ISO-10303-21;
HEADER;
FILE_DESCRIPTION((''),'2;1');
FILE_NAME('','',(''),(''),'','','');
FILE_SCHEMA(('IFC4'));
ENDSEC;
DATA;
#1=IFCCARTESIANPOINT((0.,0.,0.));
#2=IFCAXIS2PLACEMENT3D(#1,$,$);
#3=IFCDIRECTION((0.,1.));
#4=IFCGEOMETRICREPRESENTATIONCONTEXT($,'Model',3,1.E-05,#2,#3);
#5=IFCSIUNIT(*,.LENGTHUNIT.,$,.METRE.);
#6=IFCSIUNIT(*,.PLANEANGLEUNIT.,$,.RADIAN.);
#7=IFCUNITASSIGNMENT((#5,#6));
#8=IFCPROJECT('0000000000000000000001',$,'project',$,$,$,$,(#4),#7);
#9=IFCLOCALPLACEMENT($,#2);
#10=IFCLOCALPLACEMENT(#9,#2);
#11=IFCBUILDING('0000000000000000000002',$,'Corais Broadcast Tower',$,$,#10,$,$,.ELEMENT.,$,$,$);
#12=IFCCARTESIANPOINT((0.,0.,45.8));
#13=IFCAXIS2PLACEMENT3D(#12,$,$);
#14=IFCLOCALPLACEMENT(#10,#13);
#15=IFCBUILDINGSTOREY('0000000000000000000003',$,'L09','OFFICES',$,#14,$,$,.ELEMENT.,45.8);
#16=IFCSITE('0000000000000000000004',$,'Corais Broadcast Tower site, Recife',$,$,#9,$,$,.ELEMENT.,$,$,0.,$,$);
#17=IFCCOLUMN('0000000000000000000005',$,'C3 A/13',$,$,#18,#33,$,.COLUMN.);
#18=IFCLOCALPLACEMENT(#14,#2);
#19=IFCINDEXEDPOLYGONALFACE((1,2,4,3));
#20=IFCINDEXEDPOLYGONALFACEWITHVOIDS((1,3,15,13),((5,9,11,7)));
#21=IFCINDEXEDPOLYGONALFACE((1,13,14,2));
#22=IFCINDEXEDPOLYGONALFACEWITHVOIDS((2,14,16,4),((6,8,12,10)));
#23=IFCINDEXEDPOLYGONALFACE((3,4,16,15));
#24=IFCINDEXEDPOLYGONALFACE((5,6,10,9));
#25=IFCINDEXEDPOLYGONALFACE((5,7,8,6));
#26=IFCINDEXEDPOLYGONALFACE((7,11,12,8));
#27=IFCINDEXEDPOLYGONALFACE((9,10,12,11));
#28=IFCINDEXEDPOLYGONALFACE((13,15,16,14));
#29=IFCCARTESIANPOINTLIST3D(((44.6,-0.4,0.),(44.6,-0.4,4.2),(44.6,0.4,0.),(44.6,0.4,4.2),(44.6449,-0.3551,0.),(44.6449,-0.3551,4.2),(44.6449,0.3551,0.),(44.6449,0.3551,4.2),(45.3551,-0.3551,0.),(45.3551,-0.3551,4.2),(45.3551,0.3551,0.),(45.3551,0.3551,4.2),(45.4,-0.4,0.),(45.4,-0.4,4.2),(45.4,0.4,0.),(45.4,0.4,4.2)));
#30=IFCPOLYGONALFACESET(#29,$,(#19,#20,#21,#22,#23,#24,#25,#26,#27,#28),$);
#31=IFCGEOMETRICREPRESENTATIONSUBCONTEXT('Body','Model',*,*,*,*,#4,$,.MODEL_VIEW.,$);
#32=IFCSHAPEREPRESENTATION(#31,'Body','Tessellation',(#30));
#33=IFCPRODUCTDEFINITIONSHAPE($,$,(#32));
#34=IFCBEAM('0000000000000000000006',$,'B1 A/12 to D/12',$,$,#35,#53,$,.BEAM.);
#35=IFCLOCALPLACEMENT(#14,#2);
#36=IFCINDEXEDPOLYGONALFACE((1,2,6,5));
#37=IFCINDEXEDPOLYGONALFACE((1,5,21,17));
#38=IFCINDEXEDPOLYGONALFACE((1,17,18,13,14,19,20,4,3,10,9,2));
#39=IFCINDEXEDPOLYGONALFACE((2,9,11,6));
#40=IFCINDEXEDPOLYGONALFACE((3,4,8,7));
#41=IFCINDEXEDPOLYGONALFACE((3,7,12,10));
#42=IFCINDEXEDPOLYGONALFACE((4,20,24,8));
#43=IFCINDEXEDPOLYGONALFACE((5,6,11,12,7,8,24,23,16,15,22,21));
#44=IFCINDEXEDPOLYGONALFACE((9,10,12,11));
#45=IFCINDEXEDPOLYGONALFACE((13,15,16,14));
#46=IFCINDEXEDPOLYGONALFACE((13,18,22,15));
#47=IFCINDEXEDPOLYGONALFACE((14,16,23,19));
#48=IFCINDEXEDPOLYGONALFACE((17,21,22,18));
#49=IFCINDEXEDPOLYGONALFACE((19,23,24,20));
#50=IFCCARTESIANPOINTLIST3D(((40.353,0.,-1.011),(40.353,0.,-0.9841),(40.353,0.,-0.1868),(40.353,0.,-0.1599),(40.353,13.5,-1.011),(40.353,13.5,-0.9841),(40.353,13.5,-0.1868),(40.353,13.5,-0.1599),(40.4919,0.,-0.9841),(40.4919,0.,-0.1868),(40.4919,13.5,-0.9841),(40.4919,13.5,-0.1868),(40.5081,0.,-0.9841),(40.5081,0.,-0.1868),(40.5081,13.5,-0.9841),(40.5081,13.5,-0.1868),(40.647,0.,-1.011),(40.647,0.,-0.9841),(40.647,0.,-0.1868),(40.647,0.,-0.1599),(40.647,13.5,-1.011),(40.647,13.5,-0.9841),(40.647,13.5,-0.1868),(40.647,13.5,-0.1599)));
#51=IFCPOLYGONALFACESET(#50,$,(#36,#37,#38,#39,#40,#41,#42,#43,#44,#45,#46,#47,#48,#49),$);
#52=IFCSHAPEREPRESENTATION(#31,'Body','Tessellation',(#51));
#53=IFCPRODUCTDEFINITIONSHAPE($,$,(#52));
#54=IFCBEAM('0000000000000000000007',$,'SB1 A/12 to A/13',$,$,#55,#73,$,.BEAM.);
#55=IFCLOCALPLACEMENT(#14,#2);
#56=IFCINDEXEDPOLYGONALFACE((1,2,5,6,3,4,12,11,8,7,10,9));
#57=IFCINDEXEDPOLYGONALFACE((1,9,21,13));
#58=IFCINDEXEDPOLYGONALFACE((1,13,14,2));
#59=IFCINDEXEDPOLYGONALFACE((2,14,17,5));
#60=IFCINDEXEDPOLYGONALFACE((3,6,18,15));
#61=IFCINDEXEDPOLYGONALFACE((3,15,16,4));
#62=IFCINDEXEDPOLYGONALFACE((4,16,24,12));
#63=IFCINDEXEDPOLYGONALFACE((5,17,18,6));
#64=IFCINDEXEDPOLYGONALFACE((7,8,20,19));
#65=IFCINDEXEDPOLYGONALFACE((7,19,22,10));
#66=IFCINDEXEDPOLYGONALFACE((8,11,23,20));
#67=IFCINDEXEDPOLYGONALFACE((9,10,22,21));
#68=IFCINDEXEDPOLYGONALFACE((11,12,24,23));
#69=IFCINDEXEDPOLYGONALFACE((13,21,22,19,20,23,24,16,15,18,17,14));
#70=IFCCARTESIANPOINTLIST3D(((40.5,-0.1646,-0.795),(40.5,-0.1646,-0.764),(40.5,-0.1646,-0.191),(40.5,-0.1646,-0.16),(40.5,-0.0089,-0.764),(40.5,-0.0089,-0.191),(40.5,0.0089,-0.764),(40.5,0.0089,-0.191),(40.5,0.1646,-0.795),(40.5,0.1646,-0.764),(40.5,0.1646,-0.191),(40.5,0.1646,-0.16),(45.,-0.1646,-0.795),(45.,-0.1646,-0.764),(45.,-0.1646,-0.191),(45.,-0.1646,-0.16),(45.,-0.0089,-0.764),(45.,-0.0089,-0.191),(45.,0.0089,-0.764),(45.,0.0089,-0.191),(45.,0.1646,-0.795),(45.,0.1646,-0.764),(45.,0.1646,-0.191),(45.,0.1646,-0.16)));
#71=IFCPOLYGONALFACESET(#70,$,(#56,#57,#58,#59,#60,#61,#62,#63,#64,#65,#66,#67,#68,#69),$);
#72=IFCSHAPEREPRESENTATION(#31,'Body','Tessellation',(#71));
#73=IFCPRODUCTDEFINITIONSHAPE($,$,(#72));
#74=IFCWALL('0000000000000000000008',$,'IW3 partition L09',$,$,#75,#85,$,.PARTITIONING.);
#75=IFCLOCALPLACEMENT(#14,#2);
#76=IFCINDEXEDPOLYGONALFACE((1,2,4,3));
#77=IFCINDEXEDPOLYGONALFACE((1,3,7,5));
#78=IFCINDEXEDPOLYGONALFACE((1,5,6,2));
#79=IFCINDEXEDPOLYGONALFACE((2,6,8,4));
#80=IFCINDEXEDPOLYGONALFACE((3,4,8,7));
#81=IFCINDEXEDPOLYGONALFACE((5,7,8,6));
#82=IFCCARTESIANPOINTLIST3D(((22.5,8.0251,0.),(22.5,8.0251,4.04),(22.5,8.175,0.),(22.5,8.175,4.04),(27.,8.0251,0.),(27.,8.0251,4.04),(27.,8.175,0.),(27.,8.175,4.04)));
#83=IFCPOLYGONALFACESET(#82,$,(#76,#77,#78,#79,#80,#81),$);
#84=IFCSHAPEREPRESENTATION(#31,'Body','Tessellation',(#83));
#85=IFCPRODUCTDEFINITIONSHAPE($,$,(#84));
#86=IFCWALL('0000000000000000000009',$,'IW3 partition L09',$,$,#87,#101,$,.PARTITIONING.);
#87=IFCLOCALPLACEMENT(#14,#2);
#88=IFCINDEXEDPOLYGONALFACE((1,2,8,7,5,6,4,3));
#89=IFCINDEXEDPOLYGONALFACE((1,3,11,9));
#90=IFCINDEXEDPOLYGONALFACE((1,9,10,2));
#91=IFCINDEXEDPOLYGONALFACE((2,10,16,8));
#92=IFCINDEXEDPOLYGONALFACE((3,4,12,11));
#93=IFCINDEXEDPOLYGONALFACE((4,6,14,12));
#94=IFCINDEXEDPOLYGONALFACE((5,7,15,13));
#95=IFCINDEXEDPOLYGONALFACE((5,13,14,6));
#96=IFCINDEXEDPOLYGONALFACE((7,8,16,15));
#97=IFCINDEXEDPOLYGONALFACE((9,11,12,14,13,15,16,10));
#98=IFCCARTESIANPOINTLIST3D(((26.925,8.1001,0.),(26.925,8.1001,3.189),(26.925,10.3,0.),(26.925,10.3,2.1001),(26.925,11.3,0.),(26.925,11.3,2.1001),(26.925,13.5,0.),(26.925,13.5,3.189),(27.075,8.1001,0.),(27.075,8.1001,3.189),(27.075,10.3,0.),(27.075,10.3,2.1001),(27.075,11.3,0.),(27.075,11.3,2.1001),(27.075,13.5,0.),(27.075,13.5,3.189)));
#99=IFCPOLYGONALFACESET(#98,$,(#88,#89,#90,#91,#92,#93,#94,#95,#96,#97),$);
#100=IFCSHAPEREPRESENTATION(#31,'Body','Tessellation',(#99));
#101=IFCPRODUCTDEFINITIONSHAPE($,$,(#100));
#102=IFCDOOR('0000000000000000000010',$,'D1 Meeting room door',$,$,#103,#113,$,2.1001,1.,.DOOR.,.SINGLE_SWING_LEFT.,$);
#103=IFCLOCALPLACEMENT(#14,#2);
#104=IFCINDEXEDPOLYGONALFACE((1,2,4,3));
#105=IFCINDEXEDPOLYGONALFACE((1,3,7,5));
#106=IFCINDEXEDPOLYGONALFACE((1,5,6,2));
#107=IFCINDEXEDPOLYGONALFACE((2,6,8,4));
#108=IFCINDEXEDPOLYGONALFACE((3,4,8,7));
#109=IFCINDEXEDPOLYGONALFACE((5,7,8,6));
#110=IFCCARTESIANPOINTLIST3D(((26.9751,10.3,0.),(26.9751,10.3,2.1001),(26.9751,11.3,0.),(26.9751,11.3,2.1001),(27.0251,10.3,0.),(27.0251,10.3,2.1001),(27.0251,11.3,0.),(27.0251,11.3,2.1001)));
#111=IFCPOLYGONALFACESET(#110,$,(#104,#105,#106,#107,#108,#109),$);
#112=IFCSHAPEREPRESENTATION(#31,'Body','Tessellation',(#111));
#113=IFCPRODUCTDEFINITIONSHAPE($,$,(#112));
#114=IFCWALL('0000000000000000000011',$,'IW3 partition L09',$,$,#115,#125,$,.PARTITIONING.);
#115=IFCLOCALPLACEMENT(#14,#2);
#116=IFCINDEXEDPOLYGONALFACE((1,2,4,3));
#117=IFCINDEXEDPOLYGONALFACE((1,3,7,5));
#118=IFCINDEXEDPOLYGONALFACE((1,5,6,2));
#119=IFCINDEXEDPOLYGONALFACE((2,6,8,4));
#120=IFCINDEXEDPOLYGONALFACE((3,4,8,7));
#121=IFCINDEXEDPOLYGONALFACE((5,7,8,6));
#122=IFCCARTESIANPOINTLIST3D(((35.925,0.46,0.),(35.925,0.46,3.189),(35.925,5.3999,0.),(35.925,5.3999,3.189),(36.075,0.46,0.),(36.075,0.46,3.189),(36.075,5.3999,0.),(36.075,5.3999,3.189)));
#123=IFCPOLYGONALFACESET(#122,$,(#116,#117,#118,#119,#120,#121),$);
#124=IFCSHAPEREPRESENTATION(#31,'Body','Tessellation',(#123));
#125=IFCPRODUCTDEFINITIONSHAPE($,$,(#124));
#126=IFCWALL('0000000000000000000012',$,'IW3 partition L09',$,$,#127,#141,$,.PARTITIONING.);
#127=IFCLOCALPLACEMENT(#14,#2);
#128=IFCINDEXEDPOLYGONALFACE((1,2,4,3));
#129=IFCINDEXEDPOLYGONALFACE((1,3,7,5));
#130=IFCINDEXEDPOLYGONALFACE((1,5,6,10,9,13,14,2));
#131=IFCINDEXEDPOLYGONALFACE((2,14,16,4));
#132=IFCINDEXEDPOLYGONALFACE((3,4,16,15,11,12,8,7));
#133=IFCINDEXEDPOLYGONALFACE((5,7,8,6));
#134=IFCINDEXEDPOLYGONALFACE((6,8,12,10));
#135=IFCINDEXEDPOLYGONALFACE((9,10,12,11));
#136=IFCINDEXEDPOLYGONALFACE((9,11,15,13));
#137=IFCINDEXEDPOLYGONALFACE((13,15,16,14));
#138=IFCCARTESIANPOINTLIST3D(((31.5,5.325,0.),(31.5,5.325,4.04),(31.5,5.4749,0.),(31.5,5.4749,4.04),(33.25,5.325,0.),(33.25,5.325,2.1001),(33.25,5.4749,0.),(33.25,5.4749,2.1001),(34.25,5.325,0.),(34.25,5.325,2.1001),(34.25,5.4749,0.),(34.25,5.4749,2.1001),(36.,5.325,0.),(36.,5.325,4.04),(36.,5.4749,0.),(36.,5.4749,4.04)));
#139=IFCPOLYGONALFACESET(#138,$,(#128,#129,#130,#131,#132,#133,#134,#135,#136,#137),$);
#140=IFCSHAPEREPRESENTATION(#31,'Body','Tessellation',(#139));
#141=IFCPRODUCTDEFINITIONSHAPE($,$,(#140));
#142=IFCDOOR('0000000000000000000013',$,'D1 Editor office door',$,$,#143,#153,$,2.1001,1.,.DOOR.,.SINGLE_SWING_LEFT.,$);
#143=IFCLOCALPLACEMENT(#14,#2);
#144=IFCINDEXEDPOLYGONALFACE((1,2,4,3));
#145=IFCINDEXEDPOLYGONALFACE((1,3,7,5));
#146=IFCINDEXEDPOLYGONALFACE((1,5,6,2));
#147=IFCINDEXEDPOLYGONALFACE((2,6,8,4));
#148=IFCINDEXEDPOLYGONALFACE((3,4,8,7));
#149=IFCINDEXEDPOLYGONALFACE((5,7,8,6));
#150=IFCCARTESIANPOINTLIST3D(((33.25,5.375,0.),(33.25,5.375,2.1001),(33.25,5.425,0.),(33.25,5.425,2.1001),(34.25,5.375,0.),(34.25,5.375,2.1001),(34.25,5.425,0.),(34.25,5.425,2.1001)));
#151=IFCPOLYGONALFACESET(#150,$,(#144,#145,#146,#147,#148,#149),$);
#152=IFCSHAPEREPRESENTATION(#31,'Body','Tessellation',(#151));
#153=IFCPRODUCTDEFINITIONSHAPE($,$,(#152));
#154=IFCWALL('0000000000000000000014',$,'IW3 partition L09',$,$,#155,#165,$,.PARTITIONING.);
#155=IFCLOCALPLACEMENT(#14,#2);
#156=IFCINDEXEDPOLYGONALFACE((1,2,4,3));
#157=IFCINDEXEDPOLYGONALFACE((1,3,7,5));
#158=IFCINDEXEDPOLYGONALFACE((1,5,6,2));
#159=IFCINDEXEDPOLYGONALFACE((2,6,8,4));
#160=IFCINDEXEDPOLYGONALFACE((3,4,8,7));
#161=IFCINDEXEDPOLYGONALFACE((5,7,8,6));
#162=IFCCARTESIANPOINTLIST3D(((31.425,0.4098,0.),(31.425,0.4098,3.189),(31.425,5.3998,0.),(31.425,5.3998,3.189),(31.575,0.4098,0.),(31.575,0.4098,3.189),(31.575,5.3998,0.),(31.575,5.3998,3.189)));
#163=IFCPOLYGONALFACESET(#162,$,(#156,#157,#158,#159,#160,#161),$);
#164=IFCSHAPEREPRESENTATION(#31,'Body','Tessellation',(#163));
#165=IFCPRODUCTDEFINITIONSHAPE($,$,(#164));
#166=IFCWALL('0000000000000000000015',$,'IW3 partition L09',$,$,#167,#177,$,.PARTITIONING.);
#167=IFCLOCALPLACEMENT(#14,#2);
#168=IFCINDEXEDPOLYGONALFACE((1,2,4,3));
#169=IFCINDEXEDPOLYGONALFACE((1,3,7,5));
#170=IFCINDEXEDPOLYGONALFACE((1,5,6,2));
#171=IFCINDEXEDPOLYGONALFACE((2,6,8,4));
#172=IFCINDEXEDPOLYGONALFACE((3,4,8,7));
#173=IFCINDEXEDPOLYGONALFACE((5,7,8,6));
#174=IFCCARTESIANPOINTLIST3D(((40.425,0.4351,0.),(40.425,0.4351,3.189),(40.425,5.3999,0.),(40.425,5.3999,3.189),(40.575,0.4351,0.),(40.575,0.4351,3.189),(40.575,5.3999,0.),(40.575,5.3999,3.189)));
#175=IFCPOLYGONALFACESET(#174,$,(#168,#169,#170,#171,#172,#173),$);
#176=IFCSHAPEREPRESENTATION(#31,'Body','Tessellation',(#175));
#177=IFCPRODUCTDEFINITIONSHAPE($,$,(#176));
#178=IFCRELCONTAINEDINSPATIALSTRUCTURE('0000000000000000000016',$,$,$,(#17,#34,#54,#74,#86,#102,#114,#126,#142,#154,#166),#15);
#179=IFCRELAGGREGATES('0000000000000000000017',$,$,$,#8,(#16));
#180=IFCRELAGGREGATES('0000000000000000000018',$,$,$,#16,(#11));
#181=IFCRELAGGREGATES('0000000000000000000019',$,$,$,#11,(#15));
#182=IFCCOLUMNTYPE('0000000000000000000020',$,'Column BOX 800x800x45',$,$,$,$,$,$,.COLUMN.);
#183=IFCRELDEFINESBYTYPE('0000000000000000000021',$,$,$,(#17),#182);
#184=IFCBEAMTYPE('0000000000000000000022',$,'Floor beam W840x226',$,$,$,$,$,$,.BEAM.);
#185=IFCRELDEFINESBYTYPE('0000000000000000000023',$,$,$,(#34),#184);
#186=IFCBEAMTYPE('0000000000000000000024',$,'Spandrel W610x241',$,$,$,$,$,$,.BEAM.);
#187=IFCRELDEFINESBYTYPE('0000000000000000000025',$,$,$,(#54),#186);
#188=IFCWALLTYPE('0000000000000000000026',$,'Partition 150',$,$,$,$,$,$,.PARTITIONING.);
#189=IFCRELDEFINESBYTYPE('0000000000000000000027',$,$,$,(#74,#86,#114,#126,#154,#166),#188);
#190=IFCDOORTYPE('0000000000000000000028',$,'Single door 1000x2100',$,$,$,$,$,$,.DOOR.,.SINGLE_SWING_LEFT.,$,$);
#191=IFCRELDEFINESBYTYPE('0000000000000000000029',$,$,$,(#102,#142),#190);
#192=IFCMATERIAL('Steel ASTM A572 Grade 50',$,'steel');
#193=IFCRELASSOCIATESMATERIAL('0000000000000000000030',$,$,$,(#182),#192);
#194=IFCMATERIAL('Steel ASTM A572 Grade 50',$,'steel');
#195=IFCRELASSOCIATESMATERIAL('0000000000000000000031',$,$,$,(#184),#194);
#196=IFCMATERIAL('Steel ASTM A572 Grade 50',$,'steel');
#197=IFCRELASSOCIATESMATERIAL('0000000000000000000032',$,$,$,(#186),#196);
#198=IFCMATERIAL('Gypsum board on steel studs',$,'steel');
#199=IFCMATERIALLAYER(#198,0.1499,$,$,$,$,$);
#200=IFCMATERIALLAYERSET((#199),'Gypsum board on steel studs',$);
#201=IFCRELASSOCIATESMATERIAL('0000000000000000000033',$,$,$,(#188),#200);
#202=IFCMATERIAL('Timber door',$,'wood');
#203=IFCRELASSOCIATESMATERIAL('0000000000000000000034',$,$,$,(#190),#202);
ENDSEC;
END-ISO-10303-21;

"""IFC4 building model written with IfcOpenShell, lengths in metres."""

from ifc_helpers import new_model, si_unit, direction, frame, frame_2d, origin, origin_2d, place, context, subcontext, project, spatial, rectangle, hollow_rectangle, i_section, extrude, material, layer, layer_set, material_profile, profile_set, type_object, element, fill, save


model = new_model("IFC4")

# Units and contexts
model_context = context("Model", 3, precision=1e-05, world=origin(), true_north=direction((0.0, 1.0)))
body_context = subcontext(model_context, "Body", "Model", "MODEL_VIEW")
ifc_project = project(units=[si_unit("LENGTHUNIT", "METRE"), si_unit("PLANEANGLEUNIT", "RADIAN")], contexts=[model_context])

# Site, building, storey
site_placement = place(None, origin())
site = spatial("IfcSite", under=ifc_project, at=site_placement, Name="Corais Broadcast Tower site, Recife", CompositionType="ELEMENT", RefElevation=0.0)
building_placement = place(site_placement, origin())
building = spatial("IfcBuilding", under=site, at=building_placement, Name="Corais Broadcast Tower", CompositionType="ELEMENT")
storey_placement = place(building_placement, frame((0.0, 0.0, 45.8)))
storey = spatial("IfcBuildingStorey", under=building, at=storey_placement, Name="L09", Description="OFFICES", CompositionType="ELEMENT", Elevation=45.8)

# Column
ifc_material_1 = material(Name="Steel ASTM A572 Grade 50", Category="steel")
ifc_material_profile_1 = material_profile(ifc_material_1, hollow_rectangle(XDim=0.8, YDim=0.8, WallThickness=0.0449, at=origin_2d()), Name="BOX 800x800x45")
ifc_profile_set_1 = profile_set([ifc_material_profile_1], Name="Steel ASTM A572 Grade 50")
column_type = type_object("IfcColumnType", Name="Column BOX 800x800x45", PredefinedType="COLUMN", material=ifc_profile_set_1)
column_placement = place(storey_placement, frame((45.0, 0.0, 0.0), z_axis=(0.0, 0.0, 1.0), x_axis=(1.0, 0.0, 0.0)))
element("IfcColumn", 1, at=column_placement, inside=storey, type_object=column_type, Name="C3 A/13", PredefinedType="COLUMN", context=body_context, shape_type="SweptSolid", body=[
    extrude(hollow_rectangle(XDim=0.8, YDim=0.8, WallThickness=0.0449, at=origin_2d()), origin(), (0.0, 0.0, 1.0), 4.2),
])

# Beams
ifc_material_2 = material(Name="Steel ASTM A572 Grade 50", Category="steel")
ifc_material_profile_2 = material_profile(ifc_material_2, i_section(OverallWidth=0.2939, OverallDepth=0.8511, WebThickness=0.0161, FlangeThickness=0.0269, at=origin_2d()), Name="W840x226")
ifc_profile_set_2 = profile_set([ifc_material_profile_2], Name="Steel ASTM A572 Grade 50")
beam_type_1 = type_object("IfcBeamType", Name="Floor beam W840x226", PredefinedType="BEAM", material=ifc_profile_set_2)
beam_1_placement = place(storey_placement, frame((40.5, 0.0, -0.5854), z_axis=(0.0, 1.0, 0.0), x_axis=(-1.0, 0.0, 0.0)))
element("IfcBeam", 2, at=beam_1_placement, inside=storey, type_object=beam_type_1, Name="B1 A/12 to D/12", PredefinedType="BEAM", context=body_context, shape_type="SweptSolid", body=[
    extrude(i_section(OverallWidth=0.2939, OverallDepth=0.8511, WebThickness=0.0161, FlangeThickness=0.0269, at=origin_2d()), origin(), (0.0, 0.0, 1.0), 13.5),
])
ifc_material_3 = material(Name="Steel ASTM A572 Grade 50", Category="steel")
ifc_material_profile_3 = material_profile(ifc_material_3, i_section(OverallWidth=0.3291, OverallDepth=0.635, WebThickness=0.0178, FlangeThickness=0.031, at=origin_2d()), Name="W610x241")
ifc_profile_set_3 = profile_set([ifc_material_profile_3], Name="Steel ASTM A572 Grade 50")
beam_type_2 = type_object("IfcBeamType", Name="Spandrel W610x241", PredefinedType="BEAM", material=ifc_profile_set_3)
beam_2_placement = place(storey_placement, frame((40.5, 0.0, -0.4775), z_axis=(1.0, 0.0, 0.0), x_axis=(0.0, 1.0, 0.0)))
element("IfcBeam", 3, at=beam_2_placement, inside=storey, type_object=beam_type_2, Name="SB1 A/12 to A/13", PredefinedType="BEAM", context=body_context, shape_type="SweptSolid", body=[
    extrude(i_section(OverallWidth=0.3291, OverallDepth=0.635, WebThickness=0.0178, FlangeThickness=0.031, at=origin_2d()), origin(), (0.0, 0.0, 1.0), 4.5),
])

# Wall
ifc_material_4 = material(Name="Gypsum board on steel studs", Category="steel")
ifc_layer_1 = layer(ifc_material_4, 0.1499)
ifc_layer_set_1 = layer_set([ifc_layer_1], Name="Gypsum board on steel studs")
wall_type_1 = type_object("IfcWallType", Name="Partition 150", PredefinedType="PARTITIONING", material=ifc_layer_set_1)
wall_1_placement = place(storey_placement, frame((22.5, 8.1001, 0.0), z_axis=(0.0, 0.0, 1.0), x_axis=(1.0, 0.0, 0.0)))
element("IfcWall", 4, at=wall_1_placement, inside=storey, type_object=wall_type_1, Name="IW3 partition L09", PredefinedType="PARTITIONING", context=body_context, shape_type="SweptSolid", body=[
    extrude(rectangle(XDim=4.5, YDim=0.1499, at=frame_2d((2.25, 0.0))), origin(), (0.0, 0.0, 1.0), 4.04),
])

# Wall, opening, door
wall_2_placement = place(storey_placement, frame((27.0, 8.1001, 0.0), z_axis=(0.0, 0.0, 1.0), x_axis=(0.0, 1.0, 0.0)))
wall_2 = element("IfcWall", 5, at=wall_2_placement, inside=storey, type_object=wall_type_1, Name="IW3 partition L09", PredefinedType="PARTITIONING", context=body_context, shape_type="SweptSolid", body=[
    extrude(rectangle(XDim=5.3999, YDim=0.1499, at=frame_2d((2.7, 0.0))), origin(), (0.0, 0.0, 1.0), 3.189),
])
opening_1_placement = place(wall_2_placement, frame((2.2, 0.0, 0.0)))
opening_1 = element("IfcOpeningElement", 6, at=opening_1_placement, cuts=wall_2, PredefinedType="OPENING", context=body_context, shape_type="SweptSolid", body=[
    extrude(rectangle(XDim=1.0, YDim=2.1001, at=frame_2d((0.5, 1.05))), frame((0.0, 0.085, 0.0), z_axis=(0.0, -1.0, 0.0), x_axis=(1.0, 0.0, 0.0)), (0.0, 0.0, 1.0), 0.1699),
])
ifc_material_5 = material(Name="Timber door", Category="wood")
door_type = type_object("IfcDoorType", Name="Single door 1000x2100", OperationType="SINGLE_SWING_LEFT", PredefinedType="DOOR", material=ifc_material_5)
door_1_placement = place(opening_1_placement, origin())
door_1 = element("IfcDoor", 7, at=door_1_placement, inside=storey, type_object=door_type, Name="D1 Meeting room door", OperationType="SINGLE_SWING_LEFT", OverallHeight=2.1001, OverallWidth=1.0, PredefinedType="DOOR", context=body_context, shape_type="SweptSolid", body=[
    extrude(rectangle(XDim=1.0, YDim=2.1001, at=frame_2d((0.5, 1.05))), frame((0.0, 0.0249, 0.0), z_axis=(0.0, -1.0, 0.0), x_axis=(1.0, 0.0, 0.0)), (0.0, 0.0, 1.0), 0.05),
])
fill(opening_1, door_1)

# Wall
wall_3_placement = place(storey_placement, frame((36.0, 0.46, 0.0), z_axis=(0.0, 0.0, 1.0), x_axis=(0.0, 1.0, 0.0)))
element("IfcWall", 8, at=wall_3_placement, inside=storey, type_object=wall_type_1, Name="IW3 partition L09", PredefinedType="PARTITIONING", context=body_context, shape_type="SweptSolid", body=[
    extrude(rectangle(XDim=4.9399, YDim=0.1499, at=frame_2d((2.47, 0.0))), origin(), (0.0, 0.0, 1.0), 3.189),
])

# Wall, opening, door
wall_4_placement = place(storey_placement, frame((36.0, 5.3999, 0.0), z_axis=(0.0, 0.0, 1.0), x_axis=(-1.0, 0.0, 0.0)))
wall_4 = element("IfcWall", 9, at=wall_4_placement, inside=storey, type_object=wall_type_1, Name="IW3 partition L09", PredefinedType="PARTITIONING", context=body_context, shape_type="SweptSolid", body=[
    extrude(rectangle(XDim=4.5, YDim=0.1499, at=frame_2d((2.25, 0.0))), origin(), (0.0, 0.0, 1.0), 4.04),
])
opening_2_placement = place(wall_4_placement, frame((1.75, 0.0, 0.0)))
opening_2 = element("IfcOpeningElement", 10, at=opening_2_placement, cuts=wall_4, PredefinedType="OPENING", context=body_context, shape_type="SweptSolid", body=[
    extrude(rectangle(XDim=1.0, YDim=2.1001, at=frame_2d((0.5, 1.05))), frame((0.0, 0.085, 0.0), z_axis=(0.0, -1.0, 0.0), x_axis=(1.0, 0.0, 0.0)), (0.0, 0.0, 1.0), 0.1699),
])
door_2_placement = place(opening_2_placement, origin())
door_2 = element("IfcDoor", 11, at=door_2_placement, inside=storey, type_object=door_type, Name="D1 Editor office door", OperationType="SINGLE_SWING_LEFT", OverallHeight=2.1001, OverallWidth=1.0, PredefinedType="DOOR", context=body_context, shape_type="SweptSolid", body=[
    extrude(rectangle(XDim=1.0, YDim=2.1001, at=frame_2d((0.5, 1.05))), frame((0.0, 0.0249, 0.0), z_axis=(0.0, -1.0, 0.0), x_axis=(1.0, 0.0, 0.0)), (0.0, 0.0, 1.0), 0.05),
])
fill(opening_2, door_2)

# Walls
wall_5_placement = place(storey_placement, frame((31.5, 5.3999, 0.0), z_axis=(0.0, 0.0, 1.0), x_axis=(0.0, -1.0, 0.0)))
element("IfcWall", 12, at=wall_5_placement, inside=storey, type_object=wall_type_1, Name="IW3 partition L09", PredefinedType="PARTITIONING", context=body_context, shape_type="SweptSolid", body=[
    extrude(rectangle(XDim=4.99, YDim=0.1499, at=frame_2d((2.4951, 0.0))), origin(), (0.0, 0.0, 1.0), 3.189),
])
wall_6_placement = place(storey_placement, frame((40.5, 0.4351, 0.0), z_axis=(0.0, 0.0, 1.0), x_axis=(0.0, 1.0, 0.0)))
element("IfcWall", 13, at=wall_6_placement, inside=storey, type_object=wall_type_1, Name="IW3 partition L09", PredefinedType="PARTITIONING", context=body_context, shape_type="SweptSolid", body=[
    extrude(rectangle(XDim=4.9648, YDim=0.1499, at=frame_2d((2.4824, 0.0))), origin(), (0.0, 0.0, 1.0), 3.189),
])

save(model, "model.ifc")
